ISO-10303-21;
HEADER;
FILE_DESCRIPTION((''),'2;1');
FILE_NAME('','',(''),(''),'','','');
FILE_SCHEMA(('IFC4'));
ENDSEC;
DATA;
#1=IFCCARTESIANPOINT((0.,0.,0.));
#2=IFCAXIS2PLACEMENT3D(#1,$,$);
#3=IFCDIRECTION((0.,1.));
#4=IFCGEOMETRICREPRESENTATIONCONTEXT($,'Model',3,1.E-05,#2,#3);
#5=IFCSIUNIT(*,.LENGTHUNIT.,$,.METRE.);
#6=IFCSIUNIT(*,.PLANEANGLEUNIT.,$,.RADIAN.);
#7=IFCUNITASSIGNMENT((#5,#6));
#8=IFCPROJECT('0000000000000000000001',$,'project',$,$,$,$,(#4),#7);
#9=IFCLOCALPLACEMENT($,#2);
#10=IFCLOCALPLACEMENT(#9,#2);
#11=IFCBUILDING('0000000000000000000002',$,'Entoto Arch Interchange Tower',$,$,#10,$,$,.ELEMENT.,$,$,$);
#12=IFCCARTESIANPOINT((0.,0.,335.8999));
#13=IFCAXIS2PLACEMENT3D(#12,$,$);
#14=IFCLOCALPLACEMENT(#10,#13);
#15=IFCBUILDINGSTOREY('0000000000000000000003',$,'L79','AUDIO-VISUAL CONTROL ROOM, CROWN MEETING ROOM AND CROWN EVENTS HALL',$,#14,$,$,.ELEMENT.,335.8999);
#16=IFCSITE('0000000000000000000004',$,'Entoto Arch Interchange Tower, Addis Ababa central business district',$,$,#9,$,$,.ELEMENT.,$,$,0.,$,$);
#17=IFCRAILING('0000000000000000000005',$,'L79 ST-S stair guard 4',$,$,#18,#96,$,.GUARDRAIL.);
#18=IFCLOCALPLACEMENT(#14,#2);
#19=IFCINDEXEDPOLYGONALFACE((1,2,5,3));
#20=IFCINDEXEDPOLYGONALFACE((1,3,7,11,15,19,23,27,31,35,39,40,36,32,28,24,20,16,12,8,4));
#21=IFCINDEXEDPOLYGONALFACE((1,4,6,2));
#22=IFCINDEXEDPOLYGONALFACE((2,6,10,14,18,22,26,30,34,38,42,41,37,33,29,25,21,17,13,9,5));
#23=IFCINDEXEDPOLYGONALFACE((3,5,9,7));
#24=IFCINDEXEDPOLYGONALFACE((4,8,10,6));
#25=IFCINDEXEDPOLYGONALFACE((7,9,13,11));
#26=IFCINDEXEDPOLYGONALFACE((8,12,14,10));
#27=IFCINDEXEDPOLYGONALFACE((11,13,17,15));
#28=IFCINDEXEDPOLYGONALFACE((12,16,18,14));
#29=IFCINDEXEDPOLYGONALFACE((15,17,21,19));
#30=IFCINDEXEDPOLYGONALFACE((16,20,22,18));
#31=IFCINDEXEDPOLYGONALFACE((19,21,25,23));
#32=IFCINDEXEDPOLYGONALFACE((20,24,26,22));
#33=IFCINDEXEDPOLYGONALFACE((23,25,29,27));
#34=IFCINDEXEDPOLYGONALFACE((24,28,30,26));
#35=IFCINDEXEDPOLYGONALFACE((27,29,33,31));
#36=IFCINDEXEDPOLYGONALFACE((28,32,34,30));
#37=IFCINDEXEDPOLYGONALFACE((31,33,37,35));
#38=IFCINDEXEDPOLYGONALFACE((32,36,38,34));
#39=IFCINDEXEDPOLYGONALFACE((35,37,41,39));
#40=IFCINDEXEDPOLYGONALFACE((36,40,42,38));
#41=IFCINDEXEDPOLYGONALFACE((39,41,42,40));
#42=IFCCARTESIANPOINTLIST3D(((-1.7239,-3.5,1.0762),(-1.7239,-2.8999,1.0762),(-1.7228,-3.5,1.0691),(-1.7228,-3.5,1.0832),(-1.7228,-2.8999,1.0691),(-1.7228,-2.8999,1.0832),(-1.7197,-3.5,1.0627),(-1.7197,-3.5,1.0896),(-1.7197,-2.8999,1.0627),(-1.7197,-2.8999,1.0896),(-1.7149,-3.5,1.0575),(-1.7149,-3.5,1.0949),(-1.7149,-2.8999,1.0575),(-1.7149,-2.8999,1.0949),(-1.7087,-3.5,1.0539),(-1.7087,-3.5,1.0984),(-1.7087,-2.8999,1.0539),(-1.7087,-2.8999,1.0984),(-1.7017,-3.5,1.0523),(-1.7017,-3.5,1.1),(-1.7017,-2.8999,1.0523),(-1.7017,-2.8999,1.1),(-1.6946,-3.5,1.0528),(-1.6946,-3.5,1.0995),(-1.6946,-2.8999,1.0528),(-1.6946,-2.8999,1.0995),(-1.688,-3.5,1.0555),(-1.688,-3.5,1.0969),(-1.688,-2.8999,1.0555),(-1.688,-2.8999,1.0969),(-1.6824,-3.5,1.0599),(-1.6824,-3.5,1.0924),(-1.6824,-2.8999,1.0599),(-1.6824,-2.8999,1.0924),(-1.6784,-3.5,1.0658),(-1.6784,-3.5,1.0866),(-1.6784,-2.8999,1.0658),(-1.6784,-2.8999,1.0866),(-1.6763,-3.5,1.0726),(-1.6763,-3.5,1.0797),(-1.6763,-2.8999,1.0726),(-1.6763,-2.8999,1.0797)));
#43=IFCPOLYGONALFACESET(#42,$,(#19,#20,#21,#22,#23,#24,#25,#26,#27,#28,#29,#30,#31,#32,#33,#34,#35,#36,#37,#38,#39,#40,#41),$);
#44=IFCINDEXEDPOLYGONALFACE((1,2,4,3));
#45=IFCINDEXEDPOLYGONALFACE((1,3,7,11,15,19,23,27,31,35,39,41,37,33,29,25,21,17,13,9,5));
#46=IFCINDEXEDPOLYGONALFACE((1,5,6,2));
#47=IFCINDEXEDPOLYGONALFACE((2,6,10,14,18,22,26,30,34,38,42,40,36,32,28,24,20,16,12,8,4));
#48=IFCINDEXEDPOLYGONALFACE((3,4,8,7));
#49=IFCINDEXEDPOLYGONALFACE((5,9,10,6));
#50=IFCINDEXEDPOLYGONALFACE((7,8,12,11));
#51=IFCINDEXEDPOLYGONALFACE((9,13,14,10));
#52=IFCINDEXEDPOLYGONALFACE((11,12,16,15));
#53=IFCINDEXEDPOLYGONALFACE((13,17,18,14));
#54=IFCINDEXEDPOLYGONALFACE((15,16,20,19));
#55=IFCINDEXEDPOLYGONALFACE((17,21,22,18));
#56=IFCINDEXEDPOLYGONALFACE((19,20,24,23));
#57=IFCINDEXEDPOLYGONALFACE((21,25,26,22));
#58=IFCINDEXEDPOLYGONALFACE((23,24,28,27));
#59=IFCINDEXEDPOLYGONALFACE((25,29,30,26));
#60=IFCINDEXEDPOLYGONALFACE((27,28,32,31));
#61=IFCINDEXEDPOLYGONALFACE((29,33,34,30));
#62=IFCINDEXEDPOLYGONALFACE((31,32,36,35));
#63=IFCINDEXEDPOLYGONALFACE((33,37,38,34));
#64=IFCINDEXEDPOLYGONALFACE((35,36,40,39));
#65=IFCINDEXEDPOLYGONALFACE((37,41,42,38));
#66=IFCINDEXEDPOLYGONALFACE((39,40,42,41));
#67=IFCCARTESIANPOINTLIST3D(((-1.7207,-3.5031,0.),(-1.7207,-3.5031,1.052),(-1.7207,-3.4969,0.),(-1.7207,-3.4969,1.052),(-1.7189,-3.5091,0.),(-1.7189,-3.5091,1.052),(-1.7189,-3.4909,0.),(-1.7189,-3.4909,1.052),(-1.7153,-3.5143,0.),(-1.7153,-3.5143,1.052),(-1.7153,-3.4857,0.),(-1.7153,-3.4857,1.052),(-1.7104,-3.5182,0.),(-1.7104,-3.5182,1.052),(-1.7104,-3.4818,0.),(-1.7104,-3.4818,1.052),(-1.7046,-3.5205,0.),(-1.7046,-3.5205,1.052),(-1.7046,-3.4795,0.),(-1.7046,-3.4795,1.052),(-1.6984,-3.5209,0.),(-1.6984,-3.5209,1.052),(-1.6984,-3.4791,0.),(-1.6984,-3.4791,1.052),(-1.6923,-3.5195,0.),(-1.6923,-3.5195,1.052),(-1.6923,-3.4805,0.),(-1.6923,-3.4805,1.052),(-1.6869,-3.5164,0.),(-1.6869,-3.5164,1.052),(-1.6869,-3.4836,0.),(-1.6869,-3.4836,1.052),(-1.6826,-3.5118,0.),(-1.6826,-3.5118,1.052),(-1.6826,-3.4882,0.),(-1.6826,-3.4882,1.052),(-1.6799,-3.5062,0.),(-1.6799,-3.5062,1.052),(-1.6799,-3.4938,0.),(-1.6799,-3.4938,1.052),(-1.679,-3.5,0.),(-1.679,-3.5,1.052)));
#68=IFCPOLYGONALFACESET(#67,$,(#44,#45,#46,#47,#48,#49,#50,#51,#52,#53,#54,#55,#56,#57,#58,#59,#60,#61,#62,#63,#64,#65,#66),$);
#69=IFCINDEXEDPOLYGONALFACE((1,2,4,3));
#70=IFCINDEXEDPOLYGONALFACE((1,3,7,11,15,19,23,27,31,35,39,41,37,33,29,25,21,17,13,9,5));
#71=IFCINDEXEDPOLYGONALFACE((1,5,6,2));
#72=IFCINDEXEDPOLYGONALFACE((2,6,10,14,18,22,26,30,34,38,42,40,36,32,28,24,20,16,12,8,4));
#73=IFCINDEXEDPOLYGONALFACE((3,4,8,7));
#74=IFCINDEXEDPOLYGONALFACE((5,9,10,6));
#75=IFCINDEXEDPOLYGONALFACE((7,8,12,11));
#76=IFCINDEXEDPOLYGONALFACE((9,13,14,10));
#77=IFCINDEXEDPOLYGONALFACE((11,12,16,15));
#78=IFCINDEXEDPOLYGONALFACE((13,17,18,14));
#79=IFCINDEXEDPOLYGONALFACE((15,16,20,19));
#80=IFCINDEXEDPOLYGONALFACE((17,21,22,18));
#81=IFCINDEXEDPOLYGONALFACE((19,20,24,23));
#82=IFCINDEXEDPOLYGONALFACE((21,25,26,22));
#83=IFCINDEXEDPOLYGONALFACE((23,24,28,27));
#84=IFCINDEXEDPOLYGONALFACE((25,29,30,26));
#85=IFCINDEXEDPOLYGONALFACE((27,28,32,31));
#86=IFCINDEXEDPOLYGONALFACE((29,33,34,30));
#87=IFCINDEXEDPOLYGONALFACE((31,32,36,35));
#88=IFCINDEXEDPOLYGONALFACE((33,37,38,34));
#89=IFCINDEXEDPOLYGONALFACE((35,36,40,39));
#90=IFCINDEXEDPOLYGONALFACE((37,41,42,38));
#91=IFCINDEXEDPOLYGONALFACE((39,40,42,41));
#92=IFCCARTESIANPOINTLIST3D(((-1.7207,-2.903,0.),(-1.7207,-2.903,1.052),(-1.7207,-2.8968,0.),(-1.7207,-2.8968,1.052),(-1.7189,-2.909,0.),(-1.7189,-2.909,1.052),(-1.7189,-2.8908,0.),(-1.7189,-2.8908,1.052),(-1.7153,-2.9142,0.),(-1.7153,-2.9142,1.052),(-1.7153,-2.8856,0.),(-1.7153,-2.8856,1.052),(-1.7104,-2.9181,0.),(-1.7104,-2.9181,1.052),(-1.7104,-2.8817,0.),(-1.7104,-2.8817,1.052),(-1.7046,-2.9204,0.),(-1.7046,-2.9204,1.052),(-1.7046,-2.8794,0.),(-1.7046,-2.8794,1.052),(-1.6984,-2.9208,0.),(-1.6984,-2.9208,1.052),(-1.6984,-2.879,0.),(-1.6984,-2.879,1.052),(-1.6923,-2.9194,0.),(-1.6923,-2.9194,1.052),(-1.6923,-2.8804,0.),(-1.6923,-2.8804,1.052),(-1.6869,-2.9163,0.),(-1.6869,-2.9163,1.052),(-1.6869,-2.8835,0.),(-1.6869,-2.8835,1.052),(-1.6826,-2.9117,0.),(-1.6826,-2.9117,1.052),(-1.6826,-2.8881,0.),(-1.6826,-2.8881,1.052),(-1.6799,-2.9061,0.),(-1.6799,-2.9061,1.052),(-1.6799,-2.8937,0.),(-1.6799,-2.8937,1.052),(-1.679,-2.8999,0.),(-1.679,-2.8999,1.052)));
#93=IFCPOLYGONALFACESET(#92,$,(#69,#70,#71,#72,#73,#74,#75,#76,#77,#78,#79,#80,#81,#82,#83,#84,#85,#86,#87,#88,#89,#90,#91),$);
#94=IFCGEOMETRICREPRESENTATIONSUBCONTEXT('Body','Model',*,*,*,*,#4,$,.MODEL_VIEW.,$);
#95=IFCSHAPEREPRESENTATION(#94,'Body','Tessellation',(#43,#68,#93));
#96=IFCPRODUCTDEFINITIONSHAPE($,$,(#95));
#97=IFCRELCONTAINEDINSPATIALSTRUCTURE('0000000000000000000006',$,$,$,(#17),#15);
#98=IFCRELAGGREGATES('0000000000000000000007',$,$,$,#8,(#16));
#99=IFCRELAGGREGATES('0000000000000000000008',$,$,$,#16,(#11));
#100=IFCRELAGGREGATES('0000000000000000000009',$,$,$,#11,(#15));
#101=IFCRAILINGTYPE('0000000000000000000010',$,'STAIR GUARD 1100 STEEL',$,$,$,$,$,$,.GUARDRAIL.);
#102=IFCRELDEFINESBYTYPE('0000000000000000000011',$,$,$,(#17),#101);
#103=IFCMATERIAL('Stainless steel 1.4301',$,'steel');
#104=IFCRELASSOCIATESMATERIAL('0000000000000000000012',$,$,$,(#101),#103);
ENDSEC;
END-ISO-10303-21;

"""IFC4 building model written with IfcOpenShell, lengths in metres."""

from ifc_helpers import new_model, si_unit, direction, frame, origin, origin_2d, place, context, subcontext, project, spatial, circle, extrude, material, type_object, element, save


model = new_model("IFC4")

# Units and contexts
model_context = context("Model", 3, precision=1e-05, world=origin(), true_north=direction((0.0, 1.0)))
body_context = subcontext(model_context, "Body", "Model", "MODEL_VIEW")
ifc_project = project(units=[si_unit("LENGTHUNIT", "METRE"), si_unit("PLANEANGLEUNIT", "RADIAN")], contexts=[model_context])

# Site, building, storey
site_placement = place(None, origin())
site = spatial("IfcSite", under=ifc_project, at=site_placement, Name="Entoto Arch Interchange Tower, Addis Ababa central business district", CompositionType="ELEMENT", RefElevation=0.0)
building_placement = place(site_placement, origin())
building = spatial("IfcBuilding", under=site, at=building_placement, Name="Entoto Arch Interchange Tower", CompositionType="ELEMENT")
storey_placement = place(building_placement, frame((0.0, 0.0, 335.8999)))
storey = spatial("IfcBuildingStorey", under=building, at=storey_placement, Name="L79", Description="AUDIO-VISUAL CONTROL ROOM, CROWN MEETING ROOM AND CROWN EVENTS HALL", CompositionType="ELEMENT", Elevation=335.8999)

# Railing
ifc_material_1 = material(Name="Stainless steel 1.4301", Category="steel")
railing_type_1 = type_object("IfcRailingType", Name="STAIR GUARD 1100 STEEL", PredefinedType="GUARDRAIL", material=ifc_material_1)
railing_1_placement = place(storey_placement, frame((-1.7, -3.5, 0.0)))
element("IfcRailing", 1, at=railing_1_placement, inside=storey, type_object=railing_type_1, Name="L79 ST-S stair guard 4", PredefinedType="GUARDRAIL", context=body_context, shape_type="SweptSolid", body=[
    extrude(circle(Radius=0.0239, at=origin_2d()), frame((0.0, 0.0, 1.0762), z_axis=(0.0, 1.0, 0.0), x_axis=(-1.0, 0.0, 0.0)), (0.0, 0.0, 1.0), 0.6001),
    extrude(circle(Radius=0.021, at=origin_2d()), origin(), (0.0, 0.0, 1.0), 1.052),
    extrude(circle(Radius=0.021, at=origin_2d()), frame((0.0, 0.6001, 0.0)), (0.0, 0.0, 1.0), 1.052),
])

save(model, "model.ifc")
